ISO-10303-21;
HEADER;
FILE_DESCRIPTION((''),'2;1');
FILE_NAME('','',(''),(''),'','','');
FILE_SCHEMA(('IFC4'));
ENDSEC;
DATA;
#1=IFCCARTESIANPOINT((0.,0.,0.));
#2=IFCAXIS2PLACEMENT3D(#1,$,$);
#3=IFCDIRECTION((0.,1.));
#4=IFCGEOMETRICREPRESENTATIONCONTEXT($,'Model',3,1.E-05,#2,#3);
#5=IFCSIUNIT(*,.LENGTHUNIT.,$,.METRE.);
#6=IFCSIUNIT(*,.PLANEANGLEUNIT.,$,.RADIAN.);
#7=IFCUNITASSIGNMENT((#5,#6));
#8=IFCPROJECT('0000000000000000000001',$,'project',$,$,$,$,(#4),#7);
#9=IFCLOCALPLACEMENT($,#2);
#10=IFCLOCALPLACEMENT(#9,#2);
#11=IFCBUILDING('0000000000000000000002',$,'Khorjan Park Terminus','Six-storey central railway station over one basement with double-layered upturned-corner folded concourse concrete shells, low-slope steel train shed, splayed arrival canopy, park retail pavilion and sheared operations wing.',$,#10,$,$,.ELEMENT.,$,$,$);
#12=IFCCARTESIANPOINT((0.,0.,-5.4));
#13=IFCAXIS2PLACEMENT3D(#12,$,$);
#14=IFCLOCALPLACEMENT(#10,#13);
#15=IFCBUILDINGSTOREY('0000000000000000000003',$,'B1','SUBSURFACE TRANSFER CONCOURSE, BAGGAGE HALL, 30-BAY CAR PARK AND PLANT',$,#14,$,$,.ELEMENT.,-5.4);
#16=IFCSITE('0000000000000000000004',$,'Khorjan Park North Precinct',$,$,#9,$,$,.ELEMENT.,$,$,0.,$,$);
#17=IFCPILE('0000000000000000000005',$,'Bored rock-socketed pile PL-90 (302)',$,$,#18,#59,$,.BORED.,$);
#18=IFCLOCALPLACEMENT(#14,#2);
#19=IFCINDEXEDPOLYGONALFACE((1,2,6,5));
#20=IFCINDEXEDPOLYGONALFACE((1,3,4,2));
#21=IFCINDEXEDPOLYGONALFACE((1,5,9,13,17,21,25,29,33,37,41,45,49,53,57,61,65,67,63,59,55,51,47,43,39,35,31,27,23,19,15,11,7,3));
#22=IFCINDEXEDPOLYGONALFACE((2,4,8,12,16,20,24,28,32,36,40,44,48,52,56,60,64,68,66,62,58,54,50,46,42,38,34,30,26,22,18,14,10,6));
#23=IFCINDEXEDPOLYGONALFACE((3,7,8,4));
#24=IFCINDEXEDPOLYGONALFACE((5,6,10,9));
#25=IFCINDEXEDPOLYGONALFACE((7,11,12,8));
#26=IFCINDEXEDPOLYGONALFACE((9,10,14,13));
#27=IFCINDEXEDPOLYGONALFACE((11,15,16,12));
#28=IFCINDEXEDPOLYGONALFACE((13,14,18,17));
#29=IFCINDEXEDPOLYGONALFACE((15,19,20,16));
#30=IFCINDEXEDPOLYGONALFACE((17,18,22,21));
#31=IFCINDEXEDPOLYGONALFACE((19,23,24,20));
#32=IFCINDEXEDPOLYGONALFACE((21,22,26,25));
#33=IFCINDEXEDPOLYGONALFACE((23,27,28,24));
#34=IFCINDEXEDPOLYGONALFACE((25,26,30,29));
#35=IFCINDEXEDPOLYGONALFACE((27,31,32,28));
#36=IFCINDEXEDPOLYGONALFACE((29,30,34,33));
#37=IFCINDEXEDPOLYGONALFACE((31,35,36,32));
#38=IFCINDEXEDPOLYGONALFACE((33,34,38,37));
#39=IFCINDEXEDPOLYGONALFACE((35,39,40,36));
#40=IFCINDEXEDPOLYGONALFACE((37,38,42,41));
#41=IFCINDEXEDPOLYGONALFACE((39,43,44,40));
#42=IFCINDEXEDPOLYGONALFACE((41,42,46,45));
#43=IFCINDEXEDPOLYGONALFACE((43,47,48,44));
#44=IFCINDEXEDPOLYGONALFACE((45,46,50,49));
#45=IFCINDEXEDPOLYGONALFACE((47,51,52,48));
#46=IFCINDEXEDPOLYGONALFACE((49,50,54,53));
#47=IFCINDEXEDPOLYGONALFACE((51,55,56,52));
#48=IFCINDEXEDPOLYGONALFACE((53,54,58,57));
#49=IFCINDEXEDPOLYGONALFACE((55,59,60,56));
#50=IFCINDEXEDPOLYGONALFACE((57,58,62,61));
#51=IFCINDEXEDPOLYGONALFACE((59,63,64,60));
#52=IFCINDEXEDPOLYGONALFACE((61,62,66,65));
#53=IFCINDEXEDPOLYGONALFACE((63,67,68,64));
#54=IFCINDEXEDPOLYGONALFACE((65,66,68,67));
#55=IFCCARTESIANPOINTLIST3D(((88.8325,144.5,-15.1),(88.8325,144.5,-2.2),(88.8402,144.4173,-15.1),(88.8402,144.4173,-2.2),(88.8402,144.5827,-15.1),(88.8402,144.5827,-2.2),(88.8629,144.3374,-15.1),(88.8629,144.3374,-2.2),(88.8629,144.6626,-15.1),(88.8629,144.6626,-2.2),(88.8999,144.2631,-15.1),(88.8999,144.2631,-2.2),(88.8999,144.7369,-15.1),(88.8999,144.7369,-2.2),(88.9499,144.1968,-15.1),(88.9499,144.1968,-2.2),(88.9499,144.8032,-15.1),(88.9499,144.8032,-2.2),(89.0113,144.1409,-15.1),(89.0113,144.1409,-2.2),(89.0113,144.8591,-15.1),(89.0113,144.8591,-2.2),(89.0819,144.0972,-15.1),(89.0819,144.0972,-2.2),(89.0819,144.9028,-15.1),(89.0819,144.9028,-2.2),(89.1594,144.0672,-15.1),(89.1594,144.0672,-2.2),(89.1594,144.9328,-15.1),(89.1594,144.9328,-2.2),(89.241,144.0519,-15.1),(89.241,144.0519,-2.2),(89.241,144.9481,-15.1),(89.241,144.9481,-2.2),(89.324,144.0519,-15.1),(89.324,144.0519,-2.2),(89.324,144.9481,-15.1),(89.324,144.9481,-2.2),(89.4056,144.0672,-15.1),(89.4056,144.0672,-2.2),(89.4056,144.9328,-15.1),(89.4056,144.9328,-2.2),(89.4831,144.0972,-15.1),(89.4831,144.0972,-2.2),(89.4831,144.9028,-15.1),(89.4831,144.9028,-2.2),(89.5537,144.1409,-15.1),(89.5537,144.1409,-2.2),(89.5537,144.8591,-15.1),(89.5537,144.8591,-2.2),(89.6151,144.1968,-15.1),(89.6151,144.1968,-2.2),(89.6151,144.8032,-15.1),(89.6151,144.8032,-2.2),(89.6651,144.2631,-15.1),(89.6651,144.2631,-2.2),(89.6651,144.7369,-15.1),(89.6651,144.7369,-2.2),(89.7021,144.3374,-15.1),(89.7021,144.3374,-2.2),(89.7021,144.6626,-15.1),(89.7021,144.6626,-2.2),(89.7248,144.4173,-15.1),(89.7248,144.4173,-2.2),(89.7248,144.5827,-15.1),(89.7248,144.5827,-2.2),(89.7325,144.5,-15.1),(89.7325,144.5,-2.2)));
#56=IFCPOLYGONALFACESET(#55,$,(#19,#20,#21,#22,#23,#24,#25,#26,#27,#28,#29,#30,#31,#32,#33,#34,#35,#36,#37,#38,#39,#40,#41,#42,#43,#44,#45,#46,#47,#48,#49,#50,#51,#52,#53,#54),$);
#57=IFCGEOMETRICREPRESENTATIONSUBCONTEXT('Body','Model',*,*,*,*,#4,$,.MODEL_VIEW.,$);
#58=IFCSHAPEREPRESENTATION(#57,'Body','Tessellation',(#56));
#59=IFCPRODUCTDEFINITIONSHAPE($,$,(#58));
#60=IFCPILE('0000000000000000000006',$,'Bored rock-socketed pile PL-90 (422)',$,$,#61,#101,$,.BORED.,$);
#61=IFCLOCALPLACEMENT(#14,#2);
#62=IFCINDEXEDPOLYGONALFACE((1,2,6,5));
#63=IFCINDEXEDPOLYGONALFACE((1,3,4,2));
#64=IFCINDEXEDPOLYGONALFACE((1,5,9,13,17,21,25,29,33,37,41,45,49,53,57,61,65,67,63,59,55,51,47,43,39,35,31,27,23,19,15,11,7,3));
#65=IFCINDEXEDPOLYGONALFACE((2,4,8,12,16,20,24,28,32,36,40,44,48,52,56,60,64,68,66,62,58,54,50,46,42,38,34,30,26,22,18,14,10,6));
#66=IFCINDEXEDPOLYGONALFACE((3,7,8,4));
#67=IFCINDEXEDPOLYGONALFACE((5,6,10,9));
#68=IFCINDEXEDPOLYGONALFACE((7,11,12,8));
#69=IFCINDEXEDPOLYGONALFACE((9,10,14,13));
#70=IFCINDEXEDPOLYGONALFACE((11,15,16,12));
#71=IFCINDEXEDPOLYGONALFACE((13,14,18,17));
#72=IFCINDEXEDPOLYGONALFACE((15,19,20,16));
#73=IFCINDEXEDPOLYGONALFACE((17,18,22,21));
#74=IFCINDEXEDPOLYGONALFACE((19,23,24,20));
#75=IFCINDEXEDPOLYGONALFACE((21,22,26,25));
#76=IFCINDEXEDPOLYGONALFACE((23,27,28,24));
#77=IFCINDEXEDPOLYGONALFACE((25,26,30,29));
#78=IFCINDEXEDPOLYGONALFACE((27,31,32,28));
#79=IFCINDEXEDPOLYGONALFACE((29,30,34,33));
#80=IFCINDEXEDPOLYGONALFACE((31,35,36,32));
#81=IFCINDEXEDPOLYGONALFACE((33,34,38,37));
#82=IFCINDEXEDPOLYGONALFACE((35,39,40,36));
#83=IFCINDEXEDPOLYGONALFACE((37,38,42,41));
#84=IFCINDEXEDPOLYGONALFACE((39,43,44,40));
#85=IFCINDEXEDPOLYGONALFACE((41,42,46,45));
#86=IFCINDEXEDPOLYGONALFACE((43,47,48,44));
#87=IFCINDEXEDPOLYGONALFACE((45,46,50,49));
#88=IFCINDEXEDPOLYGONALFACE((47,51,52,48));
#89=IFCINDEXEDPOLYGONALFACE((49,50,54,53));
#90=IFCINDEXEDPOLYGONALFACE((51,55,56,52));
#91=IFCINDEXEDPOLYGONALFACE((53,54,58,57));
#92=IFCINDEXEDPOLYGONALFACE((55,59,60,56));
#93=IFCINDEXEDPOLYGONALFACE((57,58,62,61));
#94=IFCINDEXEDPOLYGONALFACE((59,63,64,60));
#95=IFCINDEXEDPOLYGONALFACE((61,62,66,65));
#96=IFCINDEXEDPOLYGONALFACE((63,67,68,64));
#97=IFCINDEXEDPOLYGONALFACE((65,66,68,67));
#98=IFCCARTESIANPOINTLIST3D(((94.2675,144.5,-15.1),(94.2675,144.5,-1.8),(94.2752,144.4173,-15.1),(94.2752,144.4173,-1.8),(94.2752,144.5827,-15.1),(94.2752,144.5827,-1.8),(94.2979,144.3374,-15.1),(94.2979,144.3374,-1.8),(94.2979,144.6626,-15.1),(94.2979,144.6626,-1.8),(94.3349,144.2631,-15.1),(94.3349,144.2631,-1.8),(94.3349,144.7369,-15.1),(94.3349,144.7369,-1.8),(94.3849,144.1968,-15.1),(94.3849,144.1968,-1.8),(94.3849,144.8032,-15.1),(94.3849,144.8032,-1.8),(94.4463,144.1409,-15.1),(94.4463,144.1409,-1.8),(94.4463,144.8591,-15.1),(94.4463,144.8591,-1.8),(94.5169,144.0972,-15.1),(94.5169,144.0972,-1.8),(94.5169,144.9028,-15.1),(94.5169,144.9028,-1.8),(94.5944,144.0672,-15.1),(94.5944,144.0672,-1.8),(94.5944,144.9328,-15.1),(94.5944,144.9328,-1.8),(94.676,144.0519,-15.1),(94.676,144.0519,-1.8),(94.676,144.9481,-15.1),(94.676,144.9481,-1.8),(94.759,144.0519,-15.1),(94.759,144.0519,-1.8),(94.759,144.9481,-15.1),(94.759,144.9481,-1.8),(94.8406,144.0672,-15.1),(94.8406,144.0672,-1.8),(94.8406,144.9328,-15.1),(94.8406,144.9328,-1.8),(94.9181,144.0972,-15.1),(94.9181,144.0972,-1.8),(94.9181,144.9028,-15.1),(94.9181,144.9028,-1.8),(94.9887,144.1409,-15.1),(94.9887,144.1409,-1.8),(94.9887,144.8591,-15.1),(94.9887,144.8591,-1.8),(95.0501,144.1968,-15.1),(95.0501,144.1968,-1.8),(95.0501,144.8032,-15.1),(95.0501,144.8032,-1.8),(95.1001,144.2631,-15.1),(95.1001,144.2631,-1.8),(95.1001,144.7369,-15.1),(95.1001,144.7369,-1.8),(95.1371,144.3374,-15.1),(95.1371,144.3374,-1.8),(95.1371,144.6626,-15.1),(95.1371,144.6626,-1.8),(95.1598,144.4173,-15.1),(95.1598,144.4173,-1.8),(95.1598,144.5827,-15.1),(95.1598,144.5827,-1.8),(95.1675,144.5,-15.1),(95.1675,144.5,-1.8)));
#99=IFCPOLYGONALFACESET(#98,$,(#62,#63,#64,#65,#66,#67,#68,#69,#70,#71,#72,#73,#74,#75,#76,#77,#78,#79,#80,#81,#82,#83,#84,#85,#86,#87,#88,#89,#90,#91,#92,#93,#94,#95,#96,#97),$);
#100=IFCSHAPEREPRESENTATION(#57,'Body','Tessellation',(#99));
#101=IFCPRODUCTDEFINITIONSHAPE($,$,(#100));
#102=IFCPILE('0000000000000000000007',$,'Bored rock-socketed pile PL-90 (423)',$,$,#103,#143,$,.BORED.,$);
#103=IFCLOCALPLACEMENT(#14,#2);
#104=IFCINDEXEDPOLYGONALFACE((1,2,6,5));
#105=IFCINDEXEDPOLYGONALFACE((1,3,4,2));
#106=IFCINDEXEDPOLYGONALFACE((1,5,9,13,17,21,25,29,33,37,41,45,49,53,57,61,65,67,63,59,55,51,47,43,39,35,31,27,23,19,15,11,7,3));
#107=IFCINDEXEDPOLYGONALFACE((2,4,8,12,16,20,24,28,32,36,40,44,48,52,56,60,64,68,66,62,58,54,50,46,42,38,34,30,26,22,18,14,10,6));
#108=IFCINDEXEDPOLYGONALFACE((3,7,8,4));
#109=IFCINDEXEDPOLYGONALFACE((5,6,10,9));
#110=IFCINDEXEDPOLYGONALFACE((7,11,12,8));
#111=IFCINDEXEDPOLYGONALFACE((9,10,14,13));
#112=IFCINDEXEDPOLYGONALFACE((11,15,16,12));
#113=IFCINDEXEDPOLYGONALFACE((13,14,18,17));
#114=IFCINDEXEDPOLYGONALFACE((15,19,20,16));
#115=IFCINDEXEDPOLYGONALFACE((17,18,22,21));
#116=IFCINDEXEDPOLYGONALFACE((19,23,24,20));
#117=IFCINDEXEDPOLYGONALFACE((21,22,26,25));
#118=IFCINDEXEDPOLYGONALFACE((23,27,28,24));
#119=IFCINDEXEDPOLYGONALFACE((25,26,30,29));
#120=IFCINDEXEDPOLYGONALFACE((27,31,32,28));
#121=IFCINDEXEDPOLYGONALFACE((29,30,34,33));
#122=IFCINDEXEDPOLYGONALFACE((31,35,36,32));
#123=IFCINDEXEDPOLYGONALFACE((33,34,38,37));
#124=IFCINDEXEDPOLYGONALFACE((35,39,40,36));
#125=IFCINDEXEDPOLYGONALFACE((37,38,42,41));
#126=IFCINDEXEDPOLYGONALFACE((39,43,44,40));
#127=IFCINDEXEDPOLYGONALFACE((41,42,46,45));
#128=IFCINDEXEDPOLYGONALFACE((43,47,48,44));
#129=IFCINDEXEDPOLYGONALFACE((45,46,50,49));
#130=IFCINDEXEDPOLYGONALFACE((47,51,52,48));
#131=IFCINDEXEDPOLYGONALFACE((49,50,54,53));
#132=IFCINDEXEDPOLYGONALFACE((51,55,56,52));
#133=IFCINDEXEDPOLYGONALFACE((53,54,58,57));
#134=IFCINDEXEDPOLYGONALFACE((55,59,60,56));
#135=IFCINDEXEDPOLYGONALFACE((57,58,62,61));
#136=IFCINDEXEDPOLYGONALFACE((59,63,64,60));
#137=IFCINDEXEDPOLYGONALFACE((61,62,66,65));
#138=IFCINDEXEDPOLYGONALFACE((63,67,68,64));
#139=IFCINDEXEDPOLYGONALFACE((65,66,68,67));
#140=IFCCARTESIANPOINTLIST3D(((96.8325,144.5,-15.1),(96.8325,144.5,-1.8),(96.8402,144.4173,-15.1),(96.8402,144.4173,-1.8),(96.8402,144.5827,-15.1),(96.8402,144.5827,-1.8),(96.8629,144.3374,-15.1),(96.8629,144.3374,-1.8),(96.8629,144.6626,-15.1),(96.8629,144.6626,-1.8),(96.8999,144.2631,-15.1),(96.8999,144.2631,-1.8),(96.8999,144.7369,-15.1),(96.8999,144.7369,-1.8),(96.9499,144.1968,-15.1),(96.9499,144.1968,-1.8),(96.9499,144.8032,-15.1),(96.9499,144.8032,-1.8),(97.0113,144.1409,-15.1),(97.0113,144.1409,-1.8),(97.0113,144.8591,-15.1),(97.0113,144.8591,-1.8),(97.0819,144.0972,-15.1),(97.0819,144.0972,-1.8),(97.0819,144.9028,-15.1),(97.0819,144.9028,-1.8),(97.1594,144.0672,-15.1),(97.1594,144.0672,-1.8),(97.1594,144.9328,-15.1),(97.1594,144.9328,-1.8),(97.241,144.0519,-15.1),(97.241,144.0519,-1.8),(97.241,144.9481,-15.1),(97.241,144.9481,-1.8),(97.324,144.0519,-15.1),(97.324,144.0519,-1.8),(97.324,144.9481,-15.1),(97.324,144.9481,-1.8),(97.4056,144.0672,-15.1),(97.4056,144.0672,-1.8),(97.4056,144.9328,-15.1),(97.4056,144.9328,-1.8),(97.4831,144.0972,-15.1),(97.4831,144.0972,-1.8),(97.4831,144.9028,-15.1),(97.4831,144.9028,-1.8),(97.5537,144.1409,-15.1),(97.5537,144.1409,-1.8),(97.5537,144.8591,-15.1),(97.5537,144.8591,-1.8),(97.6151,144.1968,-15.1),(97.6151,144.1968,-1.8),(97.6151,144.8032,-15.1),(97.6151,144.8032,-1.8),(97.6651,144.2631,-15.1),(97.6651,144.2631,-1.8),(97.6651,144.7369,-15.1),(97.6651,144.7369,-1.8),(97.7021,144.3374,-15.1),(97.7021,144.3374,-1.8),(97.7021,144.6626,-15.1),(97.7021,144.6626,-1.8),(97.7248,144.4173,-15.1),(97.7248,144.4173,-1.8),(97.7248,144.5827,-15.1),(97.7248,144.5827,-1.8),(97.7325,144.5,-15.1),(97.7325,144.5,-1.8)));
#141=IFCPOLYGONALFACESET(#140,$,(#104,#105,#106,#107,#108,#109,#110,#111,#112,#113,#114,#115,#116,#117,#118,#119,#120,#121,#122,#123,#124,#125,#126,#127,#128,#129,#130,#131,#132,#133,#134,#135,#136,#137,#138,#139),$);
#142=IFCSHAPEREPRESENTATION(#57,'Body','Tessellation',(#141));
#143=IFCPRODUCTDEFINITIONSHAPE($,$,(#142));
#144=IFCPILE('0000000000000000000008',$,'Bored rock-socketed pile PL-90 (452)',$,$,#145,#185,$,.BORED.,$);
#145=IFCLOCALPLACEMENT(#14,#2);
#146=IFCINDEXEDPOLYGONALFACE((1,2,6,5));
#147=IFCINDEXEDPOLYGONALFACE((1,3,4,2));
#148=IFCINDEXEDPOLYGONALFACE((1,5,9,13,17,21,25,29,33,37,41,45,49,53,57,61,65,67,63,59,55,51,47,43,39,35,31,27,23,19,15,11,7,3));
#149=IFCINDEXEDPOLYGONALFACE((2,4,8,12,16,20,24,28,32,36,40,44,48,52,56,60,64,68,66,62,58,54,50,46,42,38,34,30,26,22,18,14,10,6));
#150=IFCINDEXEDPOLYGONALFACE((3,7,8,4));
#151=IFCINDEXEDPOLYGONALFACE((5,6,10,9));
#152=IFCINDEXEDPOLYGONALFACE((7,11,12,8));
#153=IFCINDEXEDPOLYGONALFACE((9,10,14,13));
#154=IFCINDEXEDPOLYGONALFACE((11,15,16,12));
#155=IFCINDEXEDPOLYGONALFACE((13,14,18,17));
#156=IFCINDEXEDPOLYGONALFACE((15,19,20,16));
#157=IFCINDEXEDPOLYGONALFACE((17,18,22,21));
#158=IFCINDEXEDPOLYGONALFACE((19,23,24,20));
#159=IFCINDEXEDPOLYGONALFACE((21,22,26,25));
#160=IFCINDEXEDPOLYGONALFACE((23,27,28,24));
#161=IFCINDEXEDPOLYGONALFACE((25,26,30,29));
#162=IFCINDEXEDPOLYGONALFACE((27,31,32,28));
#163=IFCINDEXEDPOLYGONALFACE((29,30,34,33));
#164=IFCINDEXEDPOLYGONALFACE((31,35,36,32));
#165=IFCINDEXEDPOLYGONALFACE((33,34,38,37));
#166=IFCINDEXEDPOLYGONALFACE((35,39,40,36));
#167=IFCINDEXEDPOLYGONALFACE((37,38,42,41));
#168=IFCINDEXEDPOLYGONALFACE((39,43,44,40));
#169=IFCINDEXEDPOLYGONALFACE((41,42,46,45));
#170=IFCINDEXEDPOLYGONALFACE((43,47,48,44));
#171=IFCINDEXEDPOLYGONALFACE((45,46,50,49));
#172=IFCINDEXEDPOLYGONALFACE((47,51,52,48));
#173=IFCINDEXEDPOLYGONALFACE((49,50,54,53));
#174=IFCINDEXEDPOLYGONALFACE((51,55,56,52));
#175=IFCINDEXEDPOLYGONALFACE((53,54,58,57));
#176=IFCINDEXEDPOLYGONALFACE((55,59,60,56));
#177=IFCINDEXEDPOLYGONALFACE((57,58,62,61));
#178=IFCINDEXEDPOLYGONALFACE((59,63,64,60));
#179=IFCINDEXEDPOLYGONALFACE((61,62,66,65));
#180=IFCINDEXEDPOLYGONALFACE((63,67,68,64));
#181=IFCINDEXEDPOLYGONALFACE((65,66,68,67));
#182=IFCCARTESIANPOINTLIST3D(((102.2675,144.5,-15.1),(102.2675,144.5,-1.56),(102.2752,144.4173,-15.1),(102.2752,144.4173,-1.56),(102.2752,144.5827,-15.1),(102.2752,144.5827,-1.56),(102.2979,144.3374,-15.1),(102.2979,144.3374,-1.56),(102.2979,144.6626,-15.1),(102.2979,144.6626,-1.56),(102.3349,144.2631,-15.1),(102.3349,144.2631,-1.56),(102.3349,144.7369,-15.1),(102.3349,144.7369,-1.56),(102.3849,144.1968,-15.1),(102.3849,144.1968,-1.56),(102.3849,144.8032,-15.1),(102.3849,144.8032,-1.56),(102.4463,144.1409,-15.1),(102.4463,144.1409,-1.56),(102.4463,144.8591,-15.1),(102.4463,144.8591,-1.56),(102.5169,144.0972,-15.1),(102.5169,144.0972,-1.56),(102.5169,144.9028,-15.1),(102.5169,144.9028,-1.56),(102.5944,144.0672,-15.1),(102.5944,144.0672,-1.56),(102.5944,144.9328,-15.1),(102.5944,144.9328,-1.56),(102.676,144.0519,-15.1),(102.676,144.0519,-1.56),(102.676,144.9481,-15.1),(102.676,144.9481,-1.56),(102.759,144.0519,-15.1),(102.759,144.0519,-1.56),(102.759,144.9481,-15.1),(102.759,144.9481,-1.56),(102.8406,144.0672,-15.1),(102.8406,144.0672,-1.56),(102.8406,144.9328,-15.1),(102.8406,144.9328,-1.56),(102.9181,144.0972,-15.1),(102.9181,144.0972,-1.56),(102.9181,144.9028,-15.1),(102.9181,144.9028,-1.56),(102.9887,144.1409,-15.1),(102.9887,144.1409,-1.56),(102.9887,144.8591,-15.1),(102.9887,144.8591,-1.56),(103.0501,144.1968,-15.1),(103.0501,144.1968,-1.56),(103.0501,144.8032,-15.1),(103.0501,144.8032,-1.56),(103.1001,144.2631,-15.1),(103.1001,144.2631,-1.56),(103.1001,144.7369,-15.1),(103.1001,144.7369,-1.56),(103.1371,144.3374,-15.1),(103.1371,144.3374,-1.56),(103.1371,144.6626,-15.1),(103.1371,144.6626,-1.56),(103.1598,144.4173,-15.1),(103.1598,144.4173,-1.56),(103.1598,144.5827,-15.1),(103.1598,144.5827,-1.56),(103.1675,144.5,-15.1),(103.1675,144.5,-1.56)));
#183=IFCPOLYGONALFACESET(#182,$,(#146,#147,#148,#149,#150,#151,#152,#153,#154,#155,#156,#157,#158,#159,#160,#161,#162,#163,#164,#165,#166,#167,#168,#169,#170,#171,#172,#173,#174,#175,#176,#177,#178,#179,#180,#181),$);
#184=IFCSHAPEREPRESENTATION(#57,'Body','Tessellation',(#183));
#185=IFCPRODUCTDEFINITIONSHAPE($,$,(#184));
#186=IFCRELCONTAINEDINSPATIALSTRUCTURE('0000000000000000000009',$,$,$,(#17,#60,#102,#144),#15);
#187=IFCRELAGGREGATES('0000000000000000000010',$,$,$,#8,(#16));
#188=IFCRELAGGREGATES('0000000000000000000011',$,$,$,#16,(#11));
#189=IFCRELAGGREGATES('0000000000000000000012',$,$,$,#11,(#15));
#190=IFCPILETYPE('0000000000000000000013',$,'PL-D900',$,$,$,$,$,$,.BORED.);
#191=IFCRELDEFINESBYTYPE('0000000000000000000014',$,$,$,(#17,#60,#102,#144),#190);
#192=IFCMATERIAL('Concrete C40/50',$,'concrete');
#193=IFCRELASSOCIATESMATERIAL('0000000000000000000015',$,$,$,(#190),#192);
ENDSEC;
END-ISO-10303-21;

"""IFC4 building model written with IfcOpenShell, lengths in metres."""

from ifc_helpers import new_model, si_unit, direction, frame, origin, origin_2d, place, context, subcontext, project, spatial, circle, extrude, material, material_profile, profile_set, type_object, element, save


model = new_model("IFC4")

# Units and contexts
model_context = context("Model", 3, precision=1e-05, world=origin(), true_north=direction((0.0, 1.0)))
body_context = subcontext(model_context, "Body", "Model", "MODEL_VIEW")
ifc_project = project(units=[si_unit("LENGTHUNIT", "METRE"), si_unit("PLANEANGLEUNIT", "RADIAN")], contexts=[model_context])

# Site, building, storey
site_placement = place(None, origin())
site = spatial("IfcSite", under=ifc_project, at=site_placement, Name="Khorjan Park North Precinct", CompositionType="ELEMENT", RefElevation=0.0)
building_placement = place(site_placement, origin())
building = spatial("IfcBuilding", under=site, at=building_placement, Name="Khorjan Park Terminus", Description="Six-storey central railway station over one basement with double-layered upturned-corner folded concourse concrete shells, low-slope steel train shed, splayed arrival canopy, park retail pavilion and sheared operations wing.", CompositionType="ELEMENT")
storey_placement = place(building_placement, frame((0.0, 0.0, -5.4)))
storey = spatial("IfcBuildingStorey", under=building, at=storey_placement, Name="B1", Description="SUBSURFACE TRANSFER CONCOURSE, BAGGAGE HALL, 30-BAY CAR PARK AND PLANT", CompositionType="ELEMENT", Elevation=-5.4)

# Shared definitions
ifc_material_1 = material(Name="Concrete C40/50", Category="concrete")

# Piles
ifc_material_profile_1 = material_profile(ifc_material_1, circle(Radius=0.45, at=origin_2d()), Name="BORED D900")
ifc_profile_set_1 = profile_set([ifc_material_profile_1], Name="Concrete C40/50")
pile_type_1 = type_object("IfcPileType", Name="PL-D900", PredefinedType="BORED", material=ifc_profile_set_1)
pile_1_placement = place(storey_placement, frame((89.2825, 144.5, -2.2), z_axis=(0.0, 0.0, -1.0), x_axis=(1.0, 0.0, 0.0)))
element("IfcPile", 1, at=pile_1_placement, inside=storey, type_object=pile_type_1, Name="Bored rock-socketed pile PL-90 (302)", PredefinedType="BORED", context=body_context, shape_type="SweptSolid", body=[
    extrude(circle(Radius=0.45, at=origin_2d()), origin(), (0.0, 0.0, 1.0), 12.9),
])
for number, where, z_axis, x_axis, name in (
    (2, (94.7175, 144.5, -1.8), (0.0, 0.0, -1.0), (1.0, 0.0, 0.0), "Bored rock-socketed pile PL-90 (422)"),
    (3, (97.2825, 144.5, -1.8), (0.0, 0.0, -1.0), (1.0, 0.0, 0.0), "Bored rock-socketed pile PL-90 (423)"),
):
    element("IfcPile", number, at=place(storey_placement, frame(where, z_axis=z_axis, x_axis=x_axis)), inside=storey, type_object=pile_type_1, Name=name, PredefinedType="BORED", context=body_context, shape_type="SweptSolid", body=[
        extrude(circle(Radius=0.45, at=origin_2d()), origin(), (0.0, 0.0, 1.0), 13.3),
    ])
for number, where, z_axis, x_axis, name in (
    (4, (102.7175, 144.5, -1.56), (0.0, 0.0, -1.0), (1.0, 0.0, 0.0), "Bored rock-socketed pile PL-90 (452)"),
):
    element("IfcPile", number, at=place(storey_placement, frame(where, z_axis=z_axis, x_axis=x_axis)), inside=storey, type_object=pile_type_1, Name=name, PredefinedType="BORED", context=body_context, shape_type="SweptSolid", body=[
        extrude(circle(Radius=0.45, at=origin_2d()), origin(), (0.0, 0.0, 1.0), 13.54),
    ])

save(model, "model.ifc")
